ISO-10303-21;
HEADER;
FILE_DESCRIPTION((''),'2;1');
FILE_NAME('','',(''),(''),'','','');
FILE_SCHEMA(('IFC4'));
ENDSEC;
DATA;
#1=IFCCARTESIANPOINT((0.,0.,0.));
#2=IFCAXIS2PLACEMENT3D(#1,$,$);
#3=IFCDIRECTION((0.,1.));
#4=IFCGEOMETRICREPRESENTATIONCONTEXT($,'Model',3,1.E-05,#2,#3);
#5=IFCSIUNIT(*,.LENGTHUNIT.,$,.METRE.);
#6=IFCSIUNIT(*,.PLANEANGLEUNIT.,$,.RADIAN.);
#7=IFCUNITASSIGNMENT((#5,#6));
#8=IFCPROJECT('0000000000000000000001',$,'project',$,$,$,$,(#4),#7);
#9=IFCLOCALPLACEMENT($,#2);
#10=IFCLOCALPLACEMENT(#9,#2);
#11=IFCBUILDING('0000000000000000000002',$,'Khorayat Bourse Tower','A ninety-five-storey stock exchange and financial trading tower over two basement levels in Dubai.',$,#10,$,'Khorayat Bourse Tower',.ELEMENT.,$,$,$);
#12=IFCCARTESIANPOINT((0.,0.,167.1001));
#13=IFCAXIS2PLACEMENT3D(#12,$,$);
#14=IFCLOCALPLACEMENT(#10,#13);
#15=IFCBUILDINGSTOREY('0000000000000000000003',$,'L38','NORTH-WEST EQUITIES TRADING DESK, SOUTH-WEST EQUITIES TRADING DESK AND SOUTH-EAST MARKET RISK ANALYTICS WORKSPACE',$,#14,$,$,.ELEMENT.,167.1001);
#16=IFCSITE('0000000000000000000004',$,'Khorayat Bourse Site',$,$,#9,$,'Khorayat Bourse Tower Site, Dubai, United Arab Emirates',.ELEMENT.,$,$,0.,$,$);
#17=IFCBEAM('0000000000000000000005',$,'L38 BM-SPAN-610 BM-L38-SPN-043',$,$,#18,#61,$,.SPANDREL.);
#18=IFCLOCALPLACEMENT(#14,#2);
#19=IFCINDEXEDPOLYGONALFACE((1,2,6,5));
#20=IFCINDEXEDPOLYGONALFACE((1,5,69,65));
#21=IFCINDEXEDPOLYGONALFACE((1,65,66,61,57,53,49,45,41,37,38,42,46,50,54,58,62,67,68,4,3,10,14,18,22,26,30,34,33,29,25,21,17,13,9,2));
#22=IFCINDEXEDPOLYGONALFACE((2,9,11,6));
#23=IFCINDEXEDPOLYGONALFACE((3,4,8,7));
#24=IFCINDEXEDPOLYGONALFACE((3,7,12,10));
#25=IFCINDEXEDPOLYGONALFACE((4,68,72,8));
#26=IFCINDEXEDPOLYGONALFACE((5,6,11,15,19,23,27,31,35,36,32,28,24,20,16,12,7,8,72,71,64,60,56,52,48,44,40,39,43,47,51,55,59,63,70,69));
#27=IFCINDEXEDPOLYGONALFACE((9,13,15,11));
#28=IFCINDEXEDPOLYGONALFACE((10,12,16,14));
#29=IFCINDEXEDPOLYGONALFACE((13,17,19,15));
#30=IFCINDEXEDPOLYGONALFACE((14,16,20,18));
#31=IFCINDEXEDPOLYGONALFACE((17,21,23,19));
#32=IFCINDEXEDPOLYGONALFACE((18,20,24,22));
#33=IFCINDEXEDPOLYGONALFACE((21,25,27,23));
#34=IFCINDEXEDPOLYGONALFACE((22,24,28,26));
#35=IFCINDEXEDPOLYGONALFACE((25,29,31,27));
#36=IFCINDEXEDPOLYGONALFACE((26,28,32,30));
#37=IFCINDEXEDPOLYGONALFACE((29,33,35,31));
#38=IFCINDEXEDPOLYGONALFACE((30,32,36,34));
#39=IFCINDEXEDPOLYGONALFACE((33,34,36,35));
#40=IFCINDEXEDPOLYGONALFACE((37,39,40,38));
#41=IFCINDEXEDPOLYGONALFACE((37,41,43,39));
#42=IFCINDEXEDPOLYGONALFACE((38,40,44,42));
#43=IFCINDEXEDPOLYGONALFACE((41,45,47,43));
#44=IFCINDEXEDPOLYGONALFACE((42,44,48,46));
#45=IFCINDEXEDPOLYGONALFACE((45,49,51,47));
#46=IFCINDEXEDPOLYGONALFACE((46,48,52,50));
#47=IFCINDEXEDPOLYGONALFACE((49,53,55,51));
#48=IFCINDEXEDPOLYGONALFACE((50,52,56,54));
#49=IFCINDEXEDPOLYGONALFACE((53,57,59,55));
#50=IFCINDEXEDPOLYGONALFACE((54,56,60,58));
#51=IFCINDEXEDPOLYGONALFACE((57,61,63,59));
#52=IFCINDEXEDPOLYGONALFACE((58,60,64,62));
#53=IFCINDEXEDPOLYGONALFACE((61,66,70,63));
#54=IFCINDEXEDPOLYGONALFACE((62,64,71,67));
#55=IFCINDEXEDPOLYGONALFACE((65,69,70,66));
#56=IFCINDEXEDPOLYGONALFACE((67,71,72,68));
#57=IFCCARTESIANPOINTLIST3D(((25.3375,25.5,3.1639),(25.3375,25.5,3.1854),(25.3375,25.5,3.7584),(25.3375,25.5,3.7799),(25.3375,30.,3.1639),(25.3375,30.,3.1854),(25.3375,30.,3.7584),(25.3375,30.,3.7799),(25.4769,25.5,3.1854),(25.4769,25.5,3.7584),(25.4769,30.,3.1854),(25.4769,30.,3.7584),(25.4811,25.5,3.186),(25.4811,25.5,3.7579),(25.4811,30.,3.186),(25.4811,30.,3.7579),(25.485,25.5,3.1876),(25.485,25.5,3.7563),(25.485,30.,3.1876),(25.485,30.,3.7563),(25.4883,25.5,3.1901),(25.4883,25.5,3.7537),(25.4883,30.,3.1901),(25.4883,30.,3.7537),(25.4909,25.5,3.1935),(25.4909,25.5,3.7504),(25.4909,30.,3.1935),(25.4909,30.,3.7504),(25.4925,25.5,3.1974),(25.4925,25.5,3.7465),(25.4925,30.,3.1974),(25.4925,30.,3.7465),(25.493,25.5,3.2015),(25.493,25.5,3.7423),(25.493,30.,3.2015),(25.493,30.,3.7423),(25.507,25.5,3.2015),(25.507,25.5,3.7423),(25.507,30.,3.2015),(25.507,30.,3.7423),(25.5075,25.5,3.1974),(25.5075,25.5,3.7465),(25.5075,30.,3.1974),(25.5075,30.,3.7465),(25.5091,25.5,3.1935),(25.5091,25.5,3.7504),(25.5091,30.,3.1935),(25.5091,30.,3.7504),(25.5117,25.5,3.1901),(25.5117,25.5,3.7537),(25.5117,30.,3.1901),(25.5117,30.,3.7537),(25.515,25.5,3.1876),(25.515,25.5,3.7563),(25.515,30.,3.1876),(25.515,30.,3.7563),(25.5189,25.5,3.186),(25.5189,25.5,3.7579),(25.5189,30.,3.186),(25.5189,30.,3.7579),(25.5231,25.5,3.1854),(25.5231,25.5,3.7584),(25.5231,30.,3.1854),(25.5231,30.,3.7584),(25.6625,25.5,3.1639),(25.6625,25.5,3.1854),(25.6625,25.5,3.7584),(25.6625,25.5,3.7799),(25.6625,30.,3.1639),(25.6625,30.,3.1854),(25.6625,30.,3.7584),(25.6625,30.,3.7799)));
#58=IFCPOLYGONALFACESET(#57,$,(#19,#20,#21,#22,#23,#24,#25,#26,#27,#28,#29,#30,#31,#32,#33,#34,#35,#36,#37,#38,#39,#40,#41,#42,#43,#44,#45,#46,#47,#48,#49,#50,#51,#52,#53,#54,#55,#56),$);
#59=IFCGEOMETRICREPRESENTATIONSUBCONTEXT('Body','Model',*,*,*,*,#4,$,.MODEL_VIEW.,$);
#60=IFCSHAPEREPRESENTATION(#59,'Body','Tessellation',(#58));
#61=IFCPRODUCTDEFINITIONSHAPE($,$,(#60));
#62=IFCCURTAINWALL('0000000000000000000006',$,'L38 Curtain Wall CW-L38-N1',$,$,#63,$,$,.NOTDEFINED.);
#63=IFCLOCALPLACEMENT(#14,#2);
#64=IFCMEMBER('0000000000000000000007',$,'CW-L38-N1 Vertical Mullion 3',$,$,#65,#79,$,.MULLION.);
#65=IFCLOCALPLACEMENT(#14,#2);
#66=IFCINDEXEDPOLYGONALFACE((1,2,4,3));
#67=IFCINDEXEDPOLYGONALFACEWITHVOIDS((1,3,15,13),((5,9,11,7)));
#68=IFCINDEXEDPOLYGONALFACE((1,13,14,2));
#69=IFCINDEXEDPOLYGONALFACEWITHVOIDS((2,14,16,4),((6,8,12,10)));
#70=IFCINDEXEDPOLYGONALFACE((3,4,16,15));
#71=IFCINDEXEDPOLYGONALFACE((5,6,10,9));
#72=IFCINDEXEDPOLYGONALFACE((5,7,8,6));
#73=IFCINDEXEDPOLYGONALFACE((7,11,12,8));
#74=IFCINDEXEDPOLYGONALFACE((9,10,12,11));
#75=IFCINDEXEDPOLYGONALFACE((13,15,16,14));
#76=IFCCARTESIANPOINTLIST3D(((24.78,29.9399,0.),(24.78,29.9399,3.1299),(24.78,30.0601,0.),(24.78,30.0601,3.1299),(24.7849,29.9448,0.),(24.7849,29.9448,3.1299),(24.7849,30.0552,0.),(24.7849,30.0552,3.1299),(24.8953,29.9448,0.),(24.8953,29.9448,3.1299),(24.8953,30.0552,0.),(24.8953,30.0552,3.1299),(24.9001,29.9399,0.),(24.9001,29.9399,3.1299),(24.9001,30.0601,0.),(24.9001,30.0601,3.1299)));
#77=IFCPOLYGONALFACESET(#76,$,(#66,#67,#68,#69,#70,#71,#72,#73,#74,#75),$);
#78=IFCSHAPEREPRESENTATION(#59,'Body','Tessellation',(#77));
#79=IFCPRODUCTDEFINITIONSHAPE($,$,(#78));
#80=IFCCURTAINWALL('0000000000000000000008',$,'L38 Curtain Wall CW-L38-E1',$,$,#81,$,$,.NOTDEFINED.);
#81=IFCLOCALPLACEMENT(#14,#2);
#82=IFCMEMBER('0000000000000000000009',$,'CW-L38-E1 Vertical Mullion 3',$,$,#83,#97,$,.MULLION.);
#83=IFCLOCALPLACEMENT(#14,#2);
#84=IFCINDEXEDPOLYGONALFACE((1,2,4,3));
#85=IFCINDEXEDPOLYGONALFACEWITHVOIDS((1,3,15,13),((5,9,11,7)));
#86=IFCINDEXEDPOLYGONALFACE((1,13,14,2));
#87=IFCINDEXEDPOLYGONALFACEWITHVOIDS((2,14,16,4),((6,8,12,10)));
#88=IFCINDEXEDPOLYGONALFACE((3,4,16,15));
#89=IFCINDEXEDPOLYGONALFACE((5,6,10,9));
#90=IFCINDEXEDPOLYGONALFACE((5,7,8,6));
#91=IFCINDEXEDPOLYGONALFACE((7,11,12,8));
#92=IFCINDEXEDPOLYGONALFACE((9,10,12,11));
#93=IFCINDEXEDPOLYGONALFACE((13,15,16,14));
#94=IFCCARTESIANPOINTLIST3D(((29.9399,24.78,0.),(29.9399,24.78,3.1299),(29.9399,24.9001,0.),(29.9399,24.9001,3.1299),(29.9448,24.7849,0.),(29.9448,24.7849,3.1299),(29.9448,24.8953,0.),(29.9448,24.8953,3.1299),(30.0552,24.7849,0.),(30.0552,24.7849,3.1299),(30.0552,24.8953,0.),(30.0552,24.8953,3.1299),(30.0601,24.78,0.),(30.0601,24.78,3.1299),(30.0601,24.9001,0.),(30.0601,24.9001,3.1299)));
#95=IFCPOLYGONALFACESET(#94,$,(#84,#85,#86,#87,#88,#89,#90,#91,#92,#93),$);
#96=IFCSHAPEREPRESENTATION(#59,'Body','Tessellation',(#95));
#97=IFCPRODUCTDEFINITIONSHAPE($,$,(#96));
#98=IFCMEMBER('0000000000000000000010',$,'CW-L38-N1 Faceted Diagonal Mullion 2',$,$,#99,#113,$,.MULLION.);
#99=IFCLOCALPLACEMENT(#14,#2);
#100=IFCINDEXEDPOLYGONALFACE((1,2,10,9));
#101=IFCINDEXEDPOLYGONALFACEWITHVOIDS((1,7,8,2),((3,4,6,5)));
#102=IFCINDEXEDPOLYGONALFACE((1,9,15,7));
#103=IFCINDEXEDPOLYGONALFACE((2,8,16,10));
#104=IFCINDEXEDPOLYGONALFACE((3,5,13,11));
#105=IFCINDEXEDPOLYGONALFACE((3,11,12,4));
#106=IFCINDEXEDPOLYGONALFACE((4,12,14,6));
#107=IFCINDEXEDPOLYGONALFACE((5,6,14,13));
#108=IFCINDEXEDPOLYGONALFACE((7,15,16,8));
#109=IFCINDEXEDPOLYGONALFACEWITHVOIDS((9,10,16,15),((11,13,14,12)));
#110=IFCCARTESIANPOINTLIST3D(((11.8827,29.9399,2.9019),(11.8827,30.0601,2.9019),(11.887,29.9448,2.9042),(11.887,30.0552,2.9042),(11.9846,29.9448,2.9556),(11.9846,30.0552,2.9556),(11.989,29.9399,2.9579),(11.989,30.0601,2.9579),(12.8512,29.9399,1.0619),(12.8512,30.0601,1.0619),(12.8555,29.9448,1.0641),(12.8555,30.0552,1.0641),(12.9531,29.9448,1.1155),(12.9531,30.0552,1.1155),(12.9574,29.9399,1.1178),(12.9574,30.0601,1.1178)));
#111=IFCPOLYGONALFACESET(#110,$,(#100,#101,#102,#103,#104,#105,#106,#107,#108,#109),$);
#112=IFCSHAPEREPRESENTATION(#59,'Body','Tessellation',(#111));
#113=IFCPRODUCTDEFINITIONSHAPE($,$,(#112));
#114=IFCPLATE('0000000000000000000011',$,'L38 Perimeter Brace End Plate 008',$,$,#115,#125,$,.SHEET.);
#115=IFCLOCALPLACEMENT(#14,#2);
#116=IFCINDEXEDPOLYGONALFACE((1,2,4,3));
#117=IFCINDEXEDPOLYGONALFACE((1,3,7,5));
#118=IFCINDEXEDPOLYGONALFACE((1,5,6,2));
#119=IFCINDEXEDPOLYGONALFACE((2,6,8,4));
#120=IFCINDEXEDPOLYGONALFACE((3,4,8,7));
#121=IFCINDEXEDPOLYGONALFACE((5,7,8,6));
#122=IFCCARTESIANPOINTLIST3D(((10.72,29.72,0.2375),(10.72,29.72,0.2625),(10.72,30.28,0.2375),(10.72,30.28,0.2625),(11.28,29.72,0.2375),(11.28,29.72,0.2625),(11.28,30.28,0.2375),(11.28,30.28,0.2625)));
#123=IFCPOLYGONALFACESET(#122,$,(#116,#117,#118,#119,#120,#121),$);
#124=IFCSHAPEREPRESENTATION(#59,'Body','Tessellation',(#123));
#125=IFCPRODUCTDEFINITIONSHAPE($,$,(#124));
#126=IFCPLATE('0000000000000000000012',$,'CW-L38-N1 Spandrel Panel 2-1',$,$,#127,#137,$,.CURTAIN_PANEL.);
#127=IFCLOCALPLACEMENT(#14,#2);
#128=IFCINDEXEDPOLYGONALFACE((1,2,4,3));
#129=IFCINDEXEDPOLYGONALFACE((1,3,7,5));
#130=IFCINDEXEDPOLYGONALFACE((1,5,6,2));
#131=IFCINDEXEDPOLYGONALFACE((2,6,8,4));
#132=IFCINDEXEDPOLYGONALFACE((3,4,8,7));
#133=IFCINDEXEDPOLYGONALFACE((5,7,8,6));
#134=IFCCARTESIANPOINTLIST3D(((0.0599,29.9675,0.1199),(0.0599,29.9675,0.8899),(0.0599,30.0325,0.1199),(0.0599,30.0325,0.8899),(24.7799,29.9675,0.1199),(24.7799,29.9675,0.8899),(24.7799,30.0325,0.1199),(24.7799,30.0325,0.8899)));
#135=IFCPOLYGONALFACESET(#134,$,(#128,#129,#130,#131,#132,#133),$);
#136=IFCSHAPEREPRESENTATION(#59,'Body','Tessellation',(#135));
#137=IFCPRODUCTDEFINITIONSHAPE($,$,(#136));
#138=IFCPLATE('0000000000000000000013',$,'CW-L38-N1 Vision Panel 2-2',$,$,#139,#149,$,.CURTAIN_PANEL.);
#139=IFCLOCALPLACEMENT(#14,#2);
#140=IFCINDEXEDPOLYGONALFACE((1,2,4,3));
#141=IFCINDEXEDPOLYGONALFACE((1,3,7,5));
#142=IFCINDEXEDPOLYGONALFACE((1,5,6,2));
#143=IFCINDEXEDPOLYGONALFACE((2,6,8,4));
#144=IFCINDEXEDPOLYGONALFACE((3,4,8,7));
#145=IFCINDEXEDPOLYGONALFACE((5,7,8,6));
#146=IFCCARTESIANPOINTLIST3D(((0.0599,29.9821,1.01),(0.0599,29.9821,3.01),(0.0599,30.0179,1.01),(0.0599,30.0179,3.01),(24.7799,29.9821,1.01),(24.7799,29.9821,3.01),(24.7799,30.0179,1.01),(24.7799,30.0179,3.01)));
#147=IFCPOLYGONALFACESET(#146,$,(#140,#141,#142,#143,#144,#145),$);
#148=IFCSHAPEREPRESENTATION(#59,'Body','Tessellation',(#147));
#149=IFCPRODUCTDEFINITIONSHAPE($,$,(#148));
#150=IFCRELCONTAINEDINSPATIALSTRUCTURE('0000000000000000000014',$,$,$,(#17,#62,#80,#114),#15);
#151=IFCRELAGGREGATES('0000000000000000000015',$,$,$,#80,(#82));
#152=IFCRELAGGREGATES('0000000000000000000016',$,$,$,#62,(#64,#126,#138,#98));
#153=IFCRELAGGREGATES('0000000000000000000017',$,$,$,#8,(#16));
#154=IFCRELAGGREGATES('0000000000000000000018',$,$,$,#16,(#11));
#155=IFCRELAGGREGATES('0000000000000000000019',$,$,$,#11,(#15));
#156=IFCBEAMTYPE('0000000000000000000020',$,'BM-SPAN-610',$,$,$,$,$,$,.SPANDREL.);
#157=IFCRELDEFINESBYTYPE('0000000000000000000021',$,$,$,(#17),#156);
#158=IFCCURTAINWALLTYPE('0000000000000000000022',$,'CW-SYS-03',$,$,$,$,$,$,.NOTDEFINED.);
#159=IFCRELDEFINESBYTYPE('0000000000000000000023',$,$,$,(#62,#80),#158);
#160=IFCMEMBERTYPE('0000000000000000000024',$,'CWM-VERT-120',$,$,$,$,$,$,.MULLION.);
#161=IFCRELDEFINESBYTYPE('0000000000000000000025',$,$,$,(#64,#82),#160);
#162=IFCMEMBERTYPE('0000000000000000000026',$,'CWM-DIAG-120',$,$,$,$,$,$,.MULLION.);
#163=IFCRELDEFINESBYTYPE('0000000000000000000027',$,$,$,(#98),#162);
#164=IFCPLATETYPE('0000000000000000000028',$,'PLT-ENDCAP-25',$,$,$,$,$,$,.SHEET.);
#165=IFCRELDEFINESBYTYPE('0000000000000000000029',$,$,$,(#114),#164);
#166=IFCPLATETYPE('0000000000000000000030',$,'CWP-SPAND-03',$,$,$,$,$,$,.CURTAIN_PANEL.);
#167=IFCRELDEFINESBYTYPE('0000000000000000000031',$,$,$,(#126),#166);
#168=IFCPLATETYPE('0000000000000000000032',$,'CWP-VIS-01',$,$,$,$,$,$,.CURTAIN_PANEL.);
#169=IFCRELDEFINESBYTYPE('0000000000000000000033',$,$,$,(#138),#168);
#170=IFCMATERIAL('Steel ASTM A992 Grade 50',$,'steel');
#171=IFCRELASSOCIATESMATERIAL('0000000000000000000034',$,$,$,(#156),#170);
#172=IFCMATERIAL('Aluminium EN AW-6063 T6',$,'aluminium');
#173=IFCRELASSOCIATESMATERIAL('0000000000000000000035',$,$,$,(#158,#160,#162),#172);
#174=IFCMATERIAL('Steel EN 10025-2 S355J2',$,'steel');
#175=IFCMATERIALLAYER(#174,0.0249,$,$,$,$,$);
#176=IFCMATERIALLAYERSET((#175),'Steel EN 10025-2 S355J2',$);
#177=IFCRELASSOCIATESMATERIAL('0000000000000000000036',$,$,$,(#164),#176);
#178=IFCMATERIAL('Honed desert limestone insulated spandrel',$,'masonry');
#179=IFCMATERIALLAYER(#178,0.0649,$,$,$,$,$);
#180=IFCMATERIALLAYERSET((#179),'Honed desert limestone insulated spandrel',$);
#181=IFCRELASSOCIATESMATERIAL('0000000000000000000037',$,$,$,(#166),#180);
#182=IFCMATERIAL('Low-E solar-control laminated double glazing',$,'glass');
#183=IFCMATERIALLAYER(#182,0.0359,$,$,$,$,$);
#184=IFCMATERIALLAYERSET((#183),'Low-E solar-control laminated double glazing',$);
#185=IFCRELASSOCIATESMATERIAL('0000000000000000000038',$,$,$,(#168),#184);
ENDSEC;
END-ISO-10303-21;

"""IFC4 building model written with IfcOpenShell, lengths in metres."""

from ifc_helpers import new_model, si_unit, direction, frame, origin, origin_2d, place, context, subcontext, project, spatial, rectangle, hollow_rectangle, i_section, extrude, source, transform, mapped, material, layer, layer_set, material_profile, profile_set, type_object, element, aggregate, save


model = new_model("IFC4")

# Units and contexts
model_context = context("Model", 3, precision=1e-05, world=origin(), true_north=direction((0.0, 1.0)))
body_context = subcontext(model_context, "Body", "Model", "MODEL_VIEW")
ifc_project = project(units=[si_unit("LENGTHUNIT", "METRE"), si_unit("PLANEANGLEUNIT", "RADIAN")], contexts=[model_context])

# Site, building, storey
site_placement = place(None, origin())
site = spatial("IfcSite", under=ifc_project, at=site_placement, Name="Khorayat Bourse Site", LongName="Khorayat Bourse Tower Site, Dubai, United Arab Emirates", CompositionType="ELEMENT", RefElevation=0.0)
building_placement = place(site_placement, origin())
building = spatial("IfcBuilding", under=site, at=building_placement, Name="Khorayat Bourse Tower", Description="A ninety-five-storey stock exchange and financial trading tower over two basement levels in Dubai.", LongName="Khorayat Bourse Tower", CompositionType="ELEMENT")
storey_placement = place(building_placement, frame((0.0, 0.0, 167.1001)))
storey = spatial("IfcBuildingStorey", under=building, at=storey_placement, Name="L38", Description="NORTH-WEST EQUITIES TRADING DESK, SOUTH-WEST EQUITIES TRADING DESK AND SOUTH-EAST MARKET RISK ANALYTICS WORKSPACE", CompositionType="ELEMENT", Elevation=167.1001)

# Beam
ifc_material_1 = material(Name="Steel ASTM A992 Grade 50", Category="steel")
ifc_material_profile_1 = material_profile(ifc_material_1, i_section(OverallWidth=0.325, OverallDepth=0.616, WebThickness=0.0139, FlangeThickness=0.0215, FilletRadius=0.0161, at=origin_2d()), Name="W610X174")
ifc_profile_set_1 = profile_set([ifc_material_profile_1], Name="Steel ASTM A992 Grade 50")
beam_type_1 = type_object("IfcBeamType", Name="BM-SPAN-610", PredefinedType="SPANDREL", material=ifc_profile_set_1)
shared_shape_1 = source(origin(), body_context, "Body", "SweptSolid", [
    extrude(i_section(OverallWidth=0.325, OverallDepth=0.616, WebThickness=0.0139, FlangeThickness=0.0215, FilletRadius=0.0161, at=origin_2d()), origin(), (0.0, 0.0, 1.0), 4.5),
])
for number, where, z_axis, x_axis, name in (
    (1, (25.5, 25.5, 3.4719), (0.0, 1.0, 0.0), (-1.0, 0.0, 0.0), "L38 BM-SPAN-610 BM-L38-SPN-043"),
):
    element("IfcBeam", number, at=place(storey_placement, frame(where, z_axis=z_axis, x_axis=x_axis)), inside=storey, type_object=beam_type_1, Name=name, PredefinedType="SPANDREL", context=body_context, shape_type="MappedRepresentation", body=[
        mapped(shared_shape_1, transform((0.0, 0.0, 0.0), scale=1.0)),
    ])

# Curtain walls, members
ifc_material_2 = material(Name="Aluminium EN AW-6063 T6", Category="aluminium")
curtain_wall_type = type_object("IfcCurtainWallType", Name="CW-SYS-03", PredefinedType="NOTDEFINED", material=ifc_material_2)
curtain_wall_1_placement = place(storey_placement, origin())
curtain_wall_1 = element("IfcCurtainWall", 2, at=curtain_wall_1_placement, inside=storey, type_object=curtain_wall_type, Name="L38 Curtain Wall CW-L38-N1", PredefinedType="NOTDEFINED")
ifc_material_profile_2 = material_profile(ifc_material_2, hollow_rectangle(XDim=0.1201, YDim=0.1201, WallThickness=0.0049, at=origin_2d()), Name="ALU 120x120x5")
ifc_profile_set_2 = profile_set([ifc_material_profile_2], Name="Aluminium EN AW-6063 T6")
member_type_1 = type_object("IfcMemberType", Name="CWM-VERT-120", PredefinedType="MULLION", material=ifc_profile_set_2)
shared_shape_2 = source(origin(), body_context, "Body", "SweptSolid", [
    extrude(hollow_rectangle(XDim=0.1201, YDim=0.1201, WallThickness=0.0049, at=origin_2d()), origin(), (0.0, 0.0, 1.0), 3.1299),
])
member_1_placement = place(storey_placement, frame((24.8401, 30.0, 0.0), z_axis=(0.0, 0.0, 1.0), x_axis=(0.0, 1.0, 0.0)))
member_1 = element("IfcMember", 3, at=member_1_placement, type_object=member_type_1, Name="CW-L38-N1 Vertical Mullion 3", PredefinedType="MULLION", context=body_context, shape_type="MappedRepresentation", body=[
    mapped(shared_shape_2, transform((0.0, 0.0, 0.0), scale=1.0)),
])
curtain_wall_2_placement = place(storey_placement, origin())
curtain_wall_2 = element("IfcCurtainWall", 4, at=curtain_wall_2_placement, inside=storey, type_object=curtain_wall_type, Name="L38 Curtain Wall CW-L38-E1", PredefinedType="NOTDEFINED")
member_2_placement = place(storey_placement, frame((30.0, 24.8401, 0.0), z_axis=(0.0, 0.0, 1.0), x_axis=(-1.0, 0.0, 0.0)))
member_2 = element("IfcMember", 5, at=member_2_placement, type_object=member_type_1, Name="CW-L38-E1 Vertical Mullion 3", PredefinedType="MULLION", context=body_context, shape_type="MappedRepresentation", body=[
    mapped(shared_shape_2, transform((0.0, 0.0, 0.0), scale=1.0)),
])
aggregate(curtain_wall_2, [member_2])

# Member
ifc_material_profile_3 = material_profile(ifc_material_2, hollow_rectangle(XDim=0.1201, YDim=0.1201, WallThickness=0.0049, at=origin_2d()), Name="ALU 120x120x5")
ifc_profile_set_3 = profile_set([ifc_material_profile_3], Name="Aluminium EN AW-6063 T6")
member_type_2 = type_object("IfcMemberType", Name="CWM-DIAG-120", PredefinedType="MULLION", material=ifc_profile_set_3)
shared_shape_3 = source(origin(), body_context, "Body", "SweptSolid", [
    extrude(hollow_rectangle(XDim=0.1201, YDim=0.1201, WallThickness=0.0049, at=origin_2d()), origin(), (0.0, 0.0, 1.0), 2.0793),
])
member_3_placement = place(storey_placement, frame((12.9043, 30.0, 1.0898), z_axis=(-0.465761, 0.0, 0.884911), x_axis=(0.0, -1.0, 0.0)))
member_3 = element("IfcMember", 6, at=member_3_placement, type_object=member_type_2, Name="CW-L38-N1 Faceted Diagonal Mullion 2", PredefinedType="MULLION", context=body_context, shape_type="MappedRepresentation", body=[
    mapped(shared_shape_3, transform((0.0, 0.0, 0.0), scale=1.0)),
])

# Plates
ifc_material_3 = material(Name="Steel EN 10025-2 S355J2", Category="steel")
ifc_layer_1 = layer(ifc_material_3, 0.0249)
ifc_layer_set_1 = layer_set([ifc_layer_1], Name="Steel EN 10025-2 S355J2")
plate_type_1 = type_object("IfcPlateType", Name="PLT-ENDCAP-25", PredefinedType="SHEET", material=ifc_layer_set_1)
shared_shape_4 = source(origin(), body_context, "Body", "SweptSolid", [
    extrude(rectangle(XDim=0.5601, YDim=0.5601, at=origin_2d()), origin(), (0.0, 0.0, 1.0), 0.0249),
])
plate_1_placement = place(storey_placement, frame((11.0, 30.0, 0.2375), z_axis=(0.0, 0.0, 1.0), x_axis=(1.0, 0.0, 0.0)))
element("IfcPlate", 7, at=plate_1_placement, inside=storey, type_object=plate_type_1, Name="L38 Perimeter Brace End Plate 008", PredefinedType="SHEET", context=body_context, shape_type="MappedRepresentation", body=[
    mapped(shared_shape_4, transform((0.0, 0.0, 0.0), scale=1.0)),
])
ifc_material_4 = material(Name="Honed desert limestone insulated spandrel", Category="masonry")
ifc_layer_2 = layer(ifc_material_4, 0.0649)
ifc_layer_set_2 = layer_set([ifc_layer_2], Name="Honed desert limestone insulated spandrel")
plate_type_2 = type_object("IfcPlateType", Name="CWP-SPAND-03", PredefinedType="CURTAIN_PANEL", material=ifc_layer_set_2)
shared_shape_5 = source(origin(), body_context, "Body", "SweptSolid", [
    extrude(rectangle(XDim=24.72, YDim=0.0649, at=origin_2d()), origin(), (0.0, 0.0, 1.0), 0.77),
])
plate_2_placement = place(storey_placement, frame((12.4199, 30.0, 0.1199), z_axis=(0.0, 0.0, 1.0), x_axis=(1.0, 0.0, 0.0)))
plate_2 = element("IfcPlate", 8, at=plate_2_placement, type_object=plate_type_2, Name="CW-L38-N1 Spandrel Panel 2-1", PredefinedType="CURTAIN_PANEL", context=body_context, shape_type="MappedRepresentation", body=[
    mapped(shared_shape_5, transform((0.0, 0.0, 0.0), scale=1.0)),
])
ifc_material_5 = material(Name="Low-E solar-control laminated double glazing", Category="glass")
ifc_layer_3 = layer(ifc_material_5, 0.0359)
ifc_layer_set_3 = layer_set([ifc_layer_3], Name="Low-E solar-control laminated double glazing")
plate_type_3 = type_object("IfcPlateType", Name="CWP-VIS-01", PredefinedType="CURTAIN_PANEL", material=ifc_layer_set_3)
shared_shape_6 = source(origin(), body_context, "Body", "SweptSolid", [
    extrude(rectangle(XDim=24.72, YDim=0.0359, at=origin_2d()), origin(), (0.0, 0.0, 1.0), 2.0),
])
plate_3_placement = place(storey_placement, frame((12.4199, 30.0, 1.01), z_axis=(0.0, 0.0, 1.0), x_axis=(1.0, 0.0, 0.0)))
plate_3 = element("IfcPlate", 9, at=plate_3_placement, type_object=plate_type_3, Name="CW-L38-N1 Vision Panel 2-2", PredefinedType="CURTAIN_PANEL", context=body_context, shape_type="MappedRepresentation", body=[
    mapped(shared_shape_6, transform((0.0, 0.0, 0.0), scale=1.0)),
])
aggregate(curtain_wall_1, [member_1, plate_2, plate_3, member_3])

save(model, "model.ifc")
